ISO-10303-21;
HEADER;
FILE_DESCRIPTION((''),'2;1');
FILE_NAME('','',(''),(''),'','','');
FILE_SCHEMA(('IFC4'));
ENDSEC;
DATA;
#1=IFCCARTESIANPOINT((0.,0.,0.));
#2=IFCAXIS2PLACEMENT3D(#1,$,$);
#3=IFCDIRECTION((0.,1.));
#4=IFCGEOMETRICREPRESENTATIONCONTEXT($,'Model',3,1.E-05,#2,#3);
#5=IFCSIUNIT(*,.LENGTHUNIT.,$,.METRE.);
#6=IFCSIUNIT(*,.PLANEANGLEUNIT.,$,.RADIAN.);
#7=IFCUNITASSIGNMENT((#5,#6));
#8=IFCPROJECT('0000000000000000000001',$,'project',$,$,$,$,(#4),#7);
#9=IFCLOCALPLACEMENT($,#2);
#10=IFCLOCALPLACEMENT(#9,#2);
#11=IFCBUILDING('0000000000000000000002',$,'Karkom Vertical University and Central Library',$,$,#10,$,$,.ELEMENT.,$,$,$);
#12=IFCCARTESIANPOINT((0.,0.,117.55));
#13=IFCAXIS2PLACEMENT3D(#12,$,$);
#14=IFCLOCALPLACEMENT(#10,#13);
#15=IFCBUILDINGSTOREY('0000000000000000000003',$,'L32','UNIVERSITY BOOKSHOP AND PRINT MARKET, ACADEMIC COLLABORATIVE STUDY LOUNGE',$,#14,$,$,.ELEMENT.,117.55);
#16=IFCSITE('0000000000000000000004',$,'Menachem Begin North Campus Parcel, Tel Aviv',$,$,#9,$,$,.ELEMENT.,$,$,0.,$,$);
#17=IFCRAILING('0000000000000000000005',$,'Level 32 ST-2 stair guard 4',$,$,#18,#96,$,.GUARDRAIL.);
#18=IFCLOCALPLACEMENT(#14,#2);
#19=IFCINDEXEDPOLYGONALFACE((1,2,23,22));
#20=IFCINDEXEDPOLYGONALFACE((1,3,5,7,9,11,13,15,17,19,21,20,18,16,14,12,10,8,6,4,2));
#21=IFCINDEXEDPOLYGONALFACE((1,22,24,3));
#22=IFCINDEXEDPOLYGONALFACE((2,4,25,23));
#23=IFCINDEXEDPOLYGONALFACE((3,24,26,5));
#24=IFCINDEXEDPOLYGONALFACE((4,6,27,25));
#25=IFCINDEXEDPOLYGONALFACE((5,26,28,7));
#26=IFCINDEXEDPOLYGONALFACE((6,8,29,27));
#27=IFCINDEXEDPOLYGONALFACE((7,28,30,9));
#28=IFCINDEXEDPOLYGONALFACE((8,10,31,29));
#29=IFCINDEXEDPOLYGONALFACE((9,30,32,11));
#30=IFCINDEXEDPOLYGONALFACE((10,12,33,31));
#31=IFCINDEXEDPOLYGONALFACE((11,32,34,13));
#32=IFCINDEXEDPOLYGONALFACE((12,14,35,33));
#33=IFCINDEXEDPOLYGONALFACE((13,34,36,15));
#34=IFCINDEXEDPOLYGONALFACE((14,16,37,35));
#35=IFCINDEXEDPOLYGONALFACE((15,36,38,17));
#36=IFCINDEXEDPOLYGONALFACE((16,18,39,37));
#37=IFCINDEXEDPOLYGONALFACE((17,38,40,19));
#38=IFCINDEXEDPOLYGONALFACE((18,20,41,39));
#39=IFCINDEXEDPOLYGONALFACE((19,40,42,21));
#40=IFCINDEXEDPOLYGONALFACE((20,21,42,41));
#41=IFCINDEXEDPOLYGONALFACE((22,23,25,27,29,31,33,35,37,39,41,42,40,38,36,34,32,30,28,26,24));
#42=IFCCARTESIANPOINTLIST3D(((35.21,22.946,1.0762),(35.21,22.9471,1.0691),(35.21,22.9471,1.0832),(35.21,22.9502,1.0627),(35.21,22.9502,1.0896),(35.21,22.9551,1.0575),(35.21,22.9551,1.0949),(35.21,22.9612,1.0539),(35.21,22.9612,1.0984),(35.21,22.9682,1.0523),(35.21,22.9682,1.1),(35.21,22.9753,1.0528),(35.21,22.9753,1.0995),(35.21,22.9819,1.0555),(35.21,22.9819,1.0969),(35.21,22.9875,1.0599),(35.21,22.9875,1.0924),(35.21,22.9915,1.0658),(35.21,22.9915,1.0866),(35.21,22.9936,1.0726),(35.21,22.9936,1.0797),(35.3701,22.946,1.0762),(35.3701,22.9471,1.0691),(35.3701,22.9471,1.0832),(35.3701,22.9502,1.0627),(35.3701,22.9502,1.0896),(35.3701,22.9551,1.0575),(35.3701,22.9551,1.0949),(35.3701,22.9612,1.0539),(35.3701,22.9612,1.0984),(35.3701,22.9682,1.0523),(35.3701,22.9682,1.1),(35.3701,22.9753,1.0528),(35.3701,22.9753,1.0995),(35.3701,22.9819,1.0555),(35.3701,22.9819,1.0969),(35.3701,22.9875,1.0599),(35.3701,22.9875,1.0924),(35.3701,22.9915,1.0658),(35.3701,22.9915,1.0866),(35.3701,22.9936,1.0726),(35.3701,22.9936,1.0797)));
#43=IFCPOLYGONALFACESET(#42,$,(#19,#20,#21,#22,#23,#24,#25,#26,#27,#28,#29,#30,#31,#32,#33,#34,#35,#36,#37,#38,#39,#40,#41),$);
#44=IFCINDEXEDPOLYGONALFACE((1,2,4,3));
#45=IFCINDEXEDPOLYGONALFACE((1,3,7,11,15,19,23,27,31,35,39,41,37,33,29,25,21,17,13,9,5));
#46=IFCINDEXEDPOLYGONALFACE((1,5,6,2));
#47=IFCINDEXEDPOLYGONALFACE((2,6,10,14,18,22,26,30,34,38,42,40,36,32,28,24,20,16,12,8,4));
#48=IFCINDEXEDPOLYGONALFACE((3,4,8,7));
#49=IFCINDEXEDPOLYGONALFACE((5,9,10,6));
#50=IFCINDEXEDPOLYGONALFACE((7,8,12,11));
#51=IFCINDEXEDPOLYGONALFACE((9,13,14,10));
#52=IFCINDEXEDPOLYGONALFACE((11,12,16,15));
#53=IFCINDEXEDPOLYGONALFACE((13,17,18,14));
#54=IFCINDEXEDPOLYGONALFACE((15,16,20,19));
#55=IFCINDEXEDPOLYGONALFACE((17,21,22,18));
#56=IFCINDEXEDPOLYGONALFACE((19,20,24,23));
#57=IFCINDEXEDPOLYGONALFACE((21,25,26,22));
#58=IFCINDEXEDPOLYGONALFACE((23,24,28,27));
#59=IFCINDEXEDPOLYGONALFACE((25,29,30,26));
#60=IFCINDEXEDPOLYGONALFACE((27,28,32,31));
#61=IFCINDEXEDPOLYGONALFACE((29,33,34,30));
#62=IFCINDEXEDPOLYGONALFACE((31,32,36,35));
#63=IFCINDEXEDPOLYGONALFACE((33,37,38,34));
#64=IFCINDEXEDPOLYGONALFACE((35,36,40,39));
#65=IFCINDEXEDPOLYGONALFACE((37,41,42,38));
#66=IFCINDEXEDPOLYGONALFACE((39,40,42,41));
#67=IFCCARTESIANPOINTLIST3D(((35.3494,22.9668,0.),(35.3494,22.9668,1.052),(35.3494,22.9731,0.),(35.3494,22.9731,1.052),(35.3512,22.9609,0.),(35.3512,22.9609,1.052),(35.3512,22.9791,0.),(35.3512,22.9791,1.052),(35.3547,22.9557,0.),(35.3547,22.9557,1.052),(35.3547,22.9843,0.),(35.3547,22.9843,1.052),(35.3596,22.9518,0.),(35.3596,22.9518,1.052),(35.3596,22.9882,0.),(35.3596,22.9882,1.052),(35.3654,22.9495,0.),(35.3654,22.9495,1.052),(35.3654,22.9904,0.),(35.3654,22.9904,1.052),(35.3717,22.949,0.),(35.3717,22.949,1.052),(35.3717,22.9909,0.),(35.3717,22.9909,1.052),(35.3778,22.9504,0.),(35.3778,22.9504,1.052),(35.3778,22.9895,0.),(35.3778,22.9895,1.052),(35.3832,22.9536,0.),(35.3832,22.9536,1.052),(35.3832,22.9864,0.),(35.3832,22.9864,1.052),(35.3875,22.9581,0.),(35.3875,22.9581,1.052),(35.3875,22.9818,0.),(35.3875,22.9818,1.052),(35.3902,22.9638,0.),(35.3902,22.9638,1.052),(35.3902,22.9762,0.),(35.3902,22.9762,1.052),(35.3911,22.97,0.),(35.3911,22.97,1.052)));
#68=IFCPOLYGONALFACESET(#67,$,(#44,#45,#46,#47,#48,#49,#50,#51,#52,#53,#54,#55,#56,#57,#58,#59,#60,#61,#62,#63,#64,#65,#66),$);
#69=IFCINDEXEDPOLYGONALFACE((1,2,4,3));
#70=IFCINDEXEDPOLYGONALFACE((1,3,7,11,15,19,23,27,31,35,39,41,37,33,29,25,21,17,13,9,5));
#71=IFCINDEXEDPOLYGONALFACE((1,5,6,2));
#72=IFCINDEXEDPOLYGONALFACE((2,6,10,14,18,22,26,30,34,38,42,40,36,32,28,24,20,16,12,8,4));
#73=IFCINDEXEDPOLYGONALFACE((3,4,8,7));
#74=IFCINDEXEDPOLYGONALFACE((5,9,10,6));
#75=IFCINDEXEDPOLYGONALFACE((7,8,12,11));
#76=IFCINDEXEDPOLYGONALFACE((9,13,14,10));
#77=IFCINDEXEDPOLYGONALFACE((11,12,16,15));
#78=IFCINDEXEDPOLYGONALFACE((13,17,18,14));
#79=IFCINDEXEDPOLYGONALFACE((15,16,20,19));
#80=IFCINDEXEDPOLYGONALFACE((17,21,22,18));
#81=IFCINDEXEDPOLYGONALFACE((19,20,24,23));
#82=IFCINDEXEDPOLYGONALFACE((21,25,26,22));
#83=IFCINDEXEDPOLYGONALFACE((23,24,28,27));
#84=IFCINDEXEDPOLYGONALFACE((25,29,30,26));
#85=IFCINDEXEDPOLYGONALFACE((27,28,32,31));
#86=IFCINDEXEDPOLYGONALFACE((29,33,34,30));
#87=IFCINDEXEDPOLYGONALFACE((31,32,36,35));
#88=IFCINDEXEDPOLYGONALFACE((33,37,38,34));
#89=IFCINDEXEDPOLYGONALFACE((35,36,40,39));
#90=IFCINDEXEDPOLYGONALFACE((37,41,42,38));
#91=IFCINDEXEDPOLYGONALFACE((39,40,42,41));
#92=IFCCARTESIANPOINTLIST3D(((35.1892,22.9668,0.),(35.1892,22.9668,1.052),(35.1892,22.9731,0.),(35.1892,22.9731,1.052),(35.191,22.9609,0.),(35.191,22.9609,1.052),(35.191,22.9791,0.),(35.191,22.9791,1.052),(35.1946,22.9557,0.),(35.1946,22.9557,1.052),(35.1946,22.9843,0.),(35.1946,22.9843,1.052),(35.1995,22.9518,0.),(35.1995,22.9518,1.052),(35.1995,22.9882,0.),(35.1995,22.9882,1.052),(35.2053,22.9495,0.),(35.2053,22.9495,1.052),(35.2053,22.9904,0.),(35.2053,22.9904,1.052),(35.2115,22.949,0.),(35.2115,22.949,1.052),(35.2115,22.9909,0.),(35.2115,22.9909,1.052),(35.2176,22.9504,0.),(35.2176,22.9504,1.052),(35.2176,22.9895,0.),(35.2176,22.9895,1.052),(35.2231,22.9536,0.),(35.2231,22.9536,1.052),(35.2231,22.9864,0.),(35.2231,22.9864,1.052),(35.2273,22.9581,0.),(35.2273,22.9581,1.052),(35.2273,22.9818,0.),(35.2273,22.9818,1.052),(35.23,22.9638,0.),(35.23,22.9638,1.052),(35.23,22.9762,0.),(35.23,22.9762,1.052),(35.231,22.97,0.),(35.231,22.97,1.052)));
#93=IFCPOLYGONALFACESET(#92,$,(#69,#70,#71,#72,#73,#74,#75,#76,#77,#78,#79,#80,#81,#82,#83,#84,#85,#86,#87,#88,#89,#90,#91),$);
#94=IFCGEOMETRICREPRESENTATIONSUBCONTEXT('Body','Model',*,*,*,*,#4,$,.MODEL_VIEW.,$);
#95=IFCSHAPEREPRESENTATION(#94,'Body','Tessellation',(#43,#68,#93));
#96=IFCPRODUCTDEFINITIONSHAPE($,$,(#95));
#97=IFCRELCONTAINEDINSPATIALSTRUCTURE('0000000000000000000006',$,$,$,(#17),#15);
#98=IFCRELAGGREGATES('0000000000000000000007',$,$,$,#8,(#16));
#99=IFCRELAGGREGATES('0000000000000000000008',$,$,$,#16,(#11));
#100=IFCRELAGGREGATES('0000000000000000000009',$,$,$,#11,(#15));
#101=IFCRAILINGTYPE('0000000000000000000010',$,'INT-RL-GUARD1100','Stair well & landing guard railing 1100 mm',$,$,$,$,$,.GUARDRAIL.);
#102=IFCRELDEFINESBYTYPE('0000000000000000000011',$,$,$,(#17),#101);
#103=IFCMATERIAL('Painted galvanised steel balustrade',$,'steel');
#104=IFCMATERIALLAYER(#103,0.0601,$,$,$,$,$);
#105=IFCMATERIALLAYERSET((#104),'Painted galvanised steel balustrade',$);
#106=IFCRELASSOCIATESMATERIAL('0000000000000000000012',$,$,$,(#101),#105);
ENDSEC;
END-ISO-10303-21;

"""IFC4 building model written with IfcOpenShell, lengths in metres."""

from ifc_helpers import new_model, si_unit, direction, frame, origin, origin_2d, place, context, subcontext, project, spatial, circle, extrude, material, layer, layer_set, type_object, element, save


model = new_model("IFC4")

# Units and contexts
model_context = context("Model", 3, precision=1e-05, world=origin(), true_north=direction((0.0, 1.0)))
body_context = subcontext(model_context, "Body", "Model", "MODEL_VIEW")
ifc_project = project(units=[si_unit("LENGTHUNIT", "METRE"), si_unit("PLANEANGLEUNIT", "RADIAN")], contexts=[model_context])

# Site, building, storey
site_placement = place(None, origin())
site = spatial("IfcSite", under=ifc_project, at=site_placement, Name="Menachem Begin North Campus Parcel, Tel Aviv", CompositionType="ELEMENT", RefElevation=0.0)
building_placement = place(site_placement, origin())
building = spatial("IfcBuilding", under=site, at=building_placement, Name="Karkom Vertical University and Central Library", CompositionType="ELEMENT")
storey_placement = place(building_placement, frame((0.0, 0.0, 117.55)))
storey = spatial("IfcBuildingStorey", under=building, at=storey_placement, Name="L32", Description="UNIVERSITY BOOKSHOP AND PRINT MARKET, ACADEMIC COLLABORATIVE STUDY LOUNGE", CompositionType="ELEMENT", Elevation=117.55)

# Railing
ifc_material_1 = material(Name="Painted galvanised steel balustrade", Category="steel")
ifc_layer_1 = layer(ifc_material_1, 0.0601)
ifc_layer_set_1 = layer_set([ifc_layer_1], Name="Painted galvanised steel balustrade")
railing_type_1 = type_object("IfcRailingType", Name="INT-RL-GUARD1100", Description="Stair well & landing guard railing 1100 mm", PredefinedType="GUARDRAIL", material=ifc_layer_set_1)
railing_1_placement = place(storey_placement, frame((35.3701, 22.97, 0.0)))
element("IfcRailing", 1, at=railing_1_placement, inside=storey, type_object=railing_type_1, Name="Level 32 ST-2 stair guard 4", PredefinedType="GUARDRAIL", context=body_context, shape_type="SweptSolid", body=[
    extrude(circle(Radius=0.0239, at=origin_2d()), frame((0.0, 0.0, 1.0762), z_axis=(-1.0, 0.0, 0.0), x_axis=(0.0, -1.0, 0.0)), (0.0, 0.0, 1.0), 0.1602),
    extrude(circle(Radius=0.021, at=origin_2d()), origin(), (0.0, 0.0, 1.0), 1.052),
    extrude(circle(Radius=0.021, at=origin_2d()), frame((-0.1602, 0.0, 0.0)), (0.0, 0.0, 1.0), 1.052),
])

save(model, "model.ifc")
